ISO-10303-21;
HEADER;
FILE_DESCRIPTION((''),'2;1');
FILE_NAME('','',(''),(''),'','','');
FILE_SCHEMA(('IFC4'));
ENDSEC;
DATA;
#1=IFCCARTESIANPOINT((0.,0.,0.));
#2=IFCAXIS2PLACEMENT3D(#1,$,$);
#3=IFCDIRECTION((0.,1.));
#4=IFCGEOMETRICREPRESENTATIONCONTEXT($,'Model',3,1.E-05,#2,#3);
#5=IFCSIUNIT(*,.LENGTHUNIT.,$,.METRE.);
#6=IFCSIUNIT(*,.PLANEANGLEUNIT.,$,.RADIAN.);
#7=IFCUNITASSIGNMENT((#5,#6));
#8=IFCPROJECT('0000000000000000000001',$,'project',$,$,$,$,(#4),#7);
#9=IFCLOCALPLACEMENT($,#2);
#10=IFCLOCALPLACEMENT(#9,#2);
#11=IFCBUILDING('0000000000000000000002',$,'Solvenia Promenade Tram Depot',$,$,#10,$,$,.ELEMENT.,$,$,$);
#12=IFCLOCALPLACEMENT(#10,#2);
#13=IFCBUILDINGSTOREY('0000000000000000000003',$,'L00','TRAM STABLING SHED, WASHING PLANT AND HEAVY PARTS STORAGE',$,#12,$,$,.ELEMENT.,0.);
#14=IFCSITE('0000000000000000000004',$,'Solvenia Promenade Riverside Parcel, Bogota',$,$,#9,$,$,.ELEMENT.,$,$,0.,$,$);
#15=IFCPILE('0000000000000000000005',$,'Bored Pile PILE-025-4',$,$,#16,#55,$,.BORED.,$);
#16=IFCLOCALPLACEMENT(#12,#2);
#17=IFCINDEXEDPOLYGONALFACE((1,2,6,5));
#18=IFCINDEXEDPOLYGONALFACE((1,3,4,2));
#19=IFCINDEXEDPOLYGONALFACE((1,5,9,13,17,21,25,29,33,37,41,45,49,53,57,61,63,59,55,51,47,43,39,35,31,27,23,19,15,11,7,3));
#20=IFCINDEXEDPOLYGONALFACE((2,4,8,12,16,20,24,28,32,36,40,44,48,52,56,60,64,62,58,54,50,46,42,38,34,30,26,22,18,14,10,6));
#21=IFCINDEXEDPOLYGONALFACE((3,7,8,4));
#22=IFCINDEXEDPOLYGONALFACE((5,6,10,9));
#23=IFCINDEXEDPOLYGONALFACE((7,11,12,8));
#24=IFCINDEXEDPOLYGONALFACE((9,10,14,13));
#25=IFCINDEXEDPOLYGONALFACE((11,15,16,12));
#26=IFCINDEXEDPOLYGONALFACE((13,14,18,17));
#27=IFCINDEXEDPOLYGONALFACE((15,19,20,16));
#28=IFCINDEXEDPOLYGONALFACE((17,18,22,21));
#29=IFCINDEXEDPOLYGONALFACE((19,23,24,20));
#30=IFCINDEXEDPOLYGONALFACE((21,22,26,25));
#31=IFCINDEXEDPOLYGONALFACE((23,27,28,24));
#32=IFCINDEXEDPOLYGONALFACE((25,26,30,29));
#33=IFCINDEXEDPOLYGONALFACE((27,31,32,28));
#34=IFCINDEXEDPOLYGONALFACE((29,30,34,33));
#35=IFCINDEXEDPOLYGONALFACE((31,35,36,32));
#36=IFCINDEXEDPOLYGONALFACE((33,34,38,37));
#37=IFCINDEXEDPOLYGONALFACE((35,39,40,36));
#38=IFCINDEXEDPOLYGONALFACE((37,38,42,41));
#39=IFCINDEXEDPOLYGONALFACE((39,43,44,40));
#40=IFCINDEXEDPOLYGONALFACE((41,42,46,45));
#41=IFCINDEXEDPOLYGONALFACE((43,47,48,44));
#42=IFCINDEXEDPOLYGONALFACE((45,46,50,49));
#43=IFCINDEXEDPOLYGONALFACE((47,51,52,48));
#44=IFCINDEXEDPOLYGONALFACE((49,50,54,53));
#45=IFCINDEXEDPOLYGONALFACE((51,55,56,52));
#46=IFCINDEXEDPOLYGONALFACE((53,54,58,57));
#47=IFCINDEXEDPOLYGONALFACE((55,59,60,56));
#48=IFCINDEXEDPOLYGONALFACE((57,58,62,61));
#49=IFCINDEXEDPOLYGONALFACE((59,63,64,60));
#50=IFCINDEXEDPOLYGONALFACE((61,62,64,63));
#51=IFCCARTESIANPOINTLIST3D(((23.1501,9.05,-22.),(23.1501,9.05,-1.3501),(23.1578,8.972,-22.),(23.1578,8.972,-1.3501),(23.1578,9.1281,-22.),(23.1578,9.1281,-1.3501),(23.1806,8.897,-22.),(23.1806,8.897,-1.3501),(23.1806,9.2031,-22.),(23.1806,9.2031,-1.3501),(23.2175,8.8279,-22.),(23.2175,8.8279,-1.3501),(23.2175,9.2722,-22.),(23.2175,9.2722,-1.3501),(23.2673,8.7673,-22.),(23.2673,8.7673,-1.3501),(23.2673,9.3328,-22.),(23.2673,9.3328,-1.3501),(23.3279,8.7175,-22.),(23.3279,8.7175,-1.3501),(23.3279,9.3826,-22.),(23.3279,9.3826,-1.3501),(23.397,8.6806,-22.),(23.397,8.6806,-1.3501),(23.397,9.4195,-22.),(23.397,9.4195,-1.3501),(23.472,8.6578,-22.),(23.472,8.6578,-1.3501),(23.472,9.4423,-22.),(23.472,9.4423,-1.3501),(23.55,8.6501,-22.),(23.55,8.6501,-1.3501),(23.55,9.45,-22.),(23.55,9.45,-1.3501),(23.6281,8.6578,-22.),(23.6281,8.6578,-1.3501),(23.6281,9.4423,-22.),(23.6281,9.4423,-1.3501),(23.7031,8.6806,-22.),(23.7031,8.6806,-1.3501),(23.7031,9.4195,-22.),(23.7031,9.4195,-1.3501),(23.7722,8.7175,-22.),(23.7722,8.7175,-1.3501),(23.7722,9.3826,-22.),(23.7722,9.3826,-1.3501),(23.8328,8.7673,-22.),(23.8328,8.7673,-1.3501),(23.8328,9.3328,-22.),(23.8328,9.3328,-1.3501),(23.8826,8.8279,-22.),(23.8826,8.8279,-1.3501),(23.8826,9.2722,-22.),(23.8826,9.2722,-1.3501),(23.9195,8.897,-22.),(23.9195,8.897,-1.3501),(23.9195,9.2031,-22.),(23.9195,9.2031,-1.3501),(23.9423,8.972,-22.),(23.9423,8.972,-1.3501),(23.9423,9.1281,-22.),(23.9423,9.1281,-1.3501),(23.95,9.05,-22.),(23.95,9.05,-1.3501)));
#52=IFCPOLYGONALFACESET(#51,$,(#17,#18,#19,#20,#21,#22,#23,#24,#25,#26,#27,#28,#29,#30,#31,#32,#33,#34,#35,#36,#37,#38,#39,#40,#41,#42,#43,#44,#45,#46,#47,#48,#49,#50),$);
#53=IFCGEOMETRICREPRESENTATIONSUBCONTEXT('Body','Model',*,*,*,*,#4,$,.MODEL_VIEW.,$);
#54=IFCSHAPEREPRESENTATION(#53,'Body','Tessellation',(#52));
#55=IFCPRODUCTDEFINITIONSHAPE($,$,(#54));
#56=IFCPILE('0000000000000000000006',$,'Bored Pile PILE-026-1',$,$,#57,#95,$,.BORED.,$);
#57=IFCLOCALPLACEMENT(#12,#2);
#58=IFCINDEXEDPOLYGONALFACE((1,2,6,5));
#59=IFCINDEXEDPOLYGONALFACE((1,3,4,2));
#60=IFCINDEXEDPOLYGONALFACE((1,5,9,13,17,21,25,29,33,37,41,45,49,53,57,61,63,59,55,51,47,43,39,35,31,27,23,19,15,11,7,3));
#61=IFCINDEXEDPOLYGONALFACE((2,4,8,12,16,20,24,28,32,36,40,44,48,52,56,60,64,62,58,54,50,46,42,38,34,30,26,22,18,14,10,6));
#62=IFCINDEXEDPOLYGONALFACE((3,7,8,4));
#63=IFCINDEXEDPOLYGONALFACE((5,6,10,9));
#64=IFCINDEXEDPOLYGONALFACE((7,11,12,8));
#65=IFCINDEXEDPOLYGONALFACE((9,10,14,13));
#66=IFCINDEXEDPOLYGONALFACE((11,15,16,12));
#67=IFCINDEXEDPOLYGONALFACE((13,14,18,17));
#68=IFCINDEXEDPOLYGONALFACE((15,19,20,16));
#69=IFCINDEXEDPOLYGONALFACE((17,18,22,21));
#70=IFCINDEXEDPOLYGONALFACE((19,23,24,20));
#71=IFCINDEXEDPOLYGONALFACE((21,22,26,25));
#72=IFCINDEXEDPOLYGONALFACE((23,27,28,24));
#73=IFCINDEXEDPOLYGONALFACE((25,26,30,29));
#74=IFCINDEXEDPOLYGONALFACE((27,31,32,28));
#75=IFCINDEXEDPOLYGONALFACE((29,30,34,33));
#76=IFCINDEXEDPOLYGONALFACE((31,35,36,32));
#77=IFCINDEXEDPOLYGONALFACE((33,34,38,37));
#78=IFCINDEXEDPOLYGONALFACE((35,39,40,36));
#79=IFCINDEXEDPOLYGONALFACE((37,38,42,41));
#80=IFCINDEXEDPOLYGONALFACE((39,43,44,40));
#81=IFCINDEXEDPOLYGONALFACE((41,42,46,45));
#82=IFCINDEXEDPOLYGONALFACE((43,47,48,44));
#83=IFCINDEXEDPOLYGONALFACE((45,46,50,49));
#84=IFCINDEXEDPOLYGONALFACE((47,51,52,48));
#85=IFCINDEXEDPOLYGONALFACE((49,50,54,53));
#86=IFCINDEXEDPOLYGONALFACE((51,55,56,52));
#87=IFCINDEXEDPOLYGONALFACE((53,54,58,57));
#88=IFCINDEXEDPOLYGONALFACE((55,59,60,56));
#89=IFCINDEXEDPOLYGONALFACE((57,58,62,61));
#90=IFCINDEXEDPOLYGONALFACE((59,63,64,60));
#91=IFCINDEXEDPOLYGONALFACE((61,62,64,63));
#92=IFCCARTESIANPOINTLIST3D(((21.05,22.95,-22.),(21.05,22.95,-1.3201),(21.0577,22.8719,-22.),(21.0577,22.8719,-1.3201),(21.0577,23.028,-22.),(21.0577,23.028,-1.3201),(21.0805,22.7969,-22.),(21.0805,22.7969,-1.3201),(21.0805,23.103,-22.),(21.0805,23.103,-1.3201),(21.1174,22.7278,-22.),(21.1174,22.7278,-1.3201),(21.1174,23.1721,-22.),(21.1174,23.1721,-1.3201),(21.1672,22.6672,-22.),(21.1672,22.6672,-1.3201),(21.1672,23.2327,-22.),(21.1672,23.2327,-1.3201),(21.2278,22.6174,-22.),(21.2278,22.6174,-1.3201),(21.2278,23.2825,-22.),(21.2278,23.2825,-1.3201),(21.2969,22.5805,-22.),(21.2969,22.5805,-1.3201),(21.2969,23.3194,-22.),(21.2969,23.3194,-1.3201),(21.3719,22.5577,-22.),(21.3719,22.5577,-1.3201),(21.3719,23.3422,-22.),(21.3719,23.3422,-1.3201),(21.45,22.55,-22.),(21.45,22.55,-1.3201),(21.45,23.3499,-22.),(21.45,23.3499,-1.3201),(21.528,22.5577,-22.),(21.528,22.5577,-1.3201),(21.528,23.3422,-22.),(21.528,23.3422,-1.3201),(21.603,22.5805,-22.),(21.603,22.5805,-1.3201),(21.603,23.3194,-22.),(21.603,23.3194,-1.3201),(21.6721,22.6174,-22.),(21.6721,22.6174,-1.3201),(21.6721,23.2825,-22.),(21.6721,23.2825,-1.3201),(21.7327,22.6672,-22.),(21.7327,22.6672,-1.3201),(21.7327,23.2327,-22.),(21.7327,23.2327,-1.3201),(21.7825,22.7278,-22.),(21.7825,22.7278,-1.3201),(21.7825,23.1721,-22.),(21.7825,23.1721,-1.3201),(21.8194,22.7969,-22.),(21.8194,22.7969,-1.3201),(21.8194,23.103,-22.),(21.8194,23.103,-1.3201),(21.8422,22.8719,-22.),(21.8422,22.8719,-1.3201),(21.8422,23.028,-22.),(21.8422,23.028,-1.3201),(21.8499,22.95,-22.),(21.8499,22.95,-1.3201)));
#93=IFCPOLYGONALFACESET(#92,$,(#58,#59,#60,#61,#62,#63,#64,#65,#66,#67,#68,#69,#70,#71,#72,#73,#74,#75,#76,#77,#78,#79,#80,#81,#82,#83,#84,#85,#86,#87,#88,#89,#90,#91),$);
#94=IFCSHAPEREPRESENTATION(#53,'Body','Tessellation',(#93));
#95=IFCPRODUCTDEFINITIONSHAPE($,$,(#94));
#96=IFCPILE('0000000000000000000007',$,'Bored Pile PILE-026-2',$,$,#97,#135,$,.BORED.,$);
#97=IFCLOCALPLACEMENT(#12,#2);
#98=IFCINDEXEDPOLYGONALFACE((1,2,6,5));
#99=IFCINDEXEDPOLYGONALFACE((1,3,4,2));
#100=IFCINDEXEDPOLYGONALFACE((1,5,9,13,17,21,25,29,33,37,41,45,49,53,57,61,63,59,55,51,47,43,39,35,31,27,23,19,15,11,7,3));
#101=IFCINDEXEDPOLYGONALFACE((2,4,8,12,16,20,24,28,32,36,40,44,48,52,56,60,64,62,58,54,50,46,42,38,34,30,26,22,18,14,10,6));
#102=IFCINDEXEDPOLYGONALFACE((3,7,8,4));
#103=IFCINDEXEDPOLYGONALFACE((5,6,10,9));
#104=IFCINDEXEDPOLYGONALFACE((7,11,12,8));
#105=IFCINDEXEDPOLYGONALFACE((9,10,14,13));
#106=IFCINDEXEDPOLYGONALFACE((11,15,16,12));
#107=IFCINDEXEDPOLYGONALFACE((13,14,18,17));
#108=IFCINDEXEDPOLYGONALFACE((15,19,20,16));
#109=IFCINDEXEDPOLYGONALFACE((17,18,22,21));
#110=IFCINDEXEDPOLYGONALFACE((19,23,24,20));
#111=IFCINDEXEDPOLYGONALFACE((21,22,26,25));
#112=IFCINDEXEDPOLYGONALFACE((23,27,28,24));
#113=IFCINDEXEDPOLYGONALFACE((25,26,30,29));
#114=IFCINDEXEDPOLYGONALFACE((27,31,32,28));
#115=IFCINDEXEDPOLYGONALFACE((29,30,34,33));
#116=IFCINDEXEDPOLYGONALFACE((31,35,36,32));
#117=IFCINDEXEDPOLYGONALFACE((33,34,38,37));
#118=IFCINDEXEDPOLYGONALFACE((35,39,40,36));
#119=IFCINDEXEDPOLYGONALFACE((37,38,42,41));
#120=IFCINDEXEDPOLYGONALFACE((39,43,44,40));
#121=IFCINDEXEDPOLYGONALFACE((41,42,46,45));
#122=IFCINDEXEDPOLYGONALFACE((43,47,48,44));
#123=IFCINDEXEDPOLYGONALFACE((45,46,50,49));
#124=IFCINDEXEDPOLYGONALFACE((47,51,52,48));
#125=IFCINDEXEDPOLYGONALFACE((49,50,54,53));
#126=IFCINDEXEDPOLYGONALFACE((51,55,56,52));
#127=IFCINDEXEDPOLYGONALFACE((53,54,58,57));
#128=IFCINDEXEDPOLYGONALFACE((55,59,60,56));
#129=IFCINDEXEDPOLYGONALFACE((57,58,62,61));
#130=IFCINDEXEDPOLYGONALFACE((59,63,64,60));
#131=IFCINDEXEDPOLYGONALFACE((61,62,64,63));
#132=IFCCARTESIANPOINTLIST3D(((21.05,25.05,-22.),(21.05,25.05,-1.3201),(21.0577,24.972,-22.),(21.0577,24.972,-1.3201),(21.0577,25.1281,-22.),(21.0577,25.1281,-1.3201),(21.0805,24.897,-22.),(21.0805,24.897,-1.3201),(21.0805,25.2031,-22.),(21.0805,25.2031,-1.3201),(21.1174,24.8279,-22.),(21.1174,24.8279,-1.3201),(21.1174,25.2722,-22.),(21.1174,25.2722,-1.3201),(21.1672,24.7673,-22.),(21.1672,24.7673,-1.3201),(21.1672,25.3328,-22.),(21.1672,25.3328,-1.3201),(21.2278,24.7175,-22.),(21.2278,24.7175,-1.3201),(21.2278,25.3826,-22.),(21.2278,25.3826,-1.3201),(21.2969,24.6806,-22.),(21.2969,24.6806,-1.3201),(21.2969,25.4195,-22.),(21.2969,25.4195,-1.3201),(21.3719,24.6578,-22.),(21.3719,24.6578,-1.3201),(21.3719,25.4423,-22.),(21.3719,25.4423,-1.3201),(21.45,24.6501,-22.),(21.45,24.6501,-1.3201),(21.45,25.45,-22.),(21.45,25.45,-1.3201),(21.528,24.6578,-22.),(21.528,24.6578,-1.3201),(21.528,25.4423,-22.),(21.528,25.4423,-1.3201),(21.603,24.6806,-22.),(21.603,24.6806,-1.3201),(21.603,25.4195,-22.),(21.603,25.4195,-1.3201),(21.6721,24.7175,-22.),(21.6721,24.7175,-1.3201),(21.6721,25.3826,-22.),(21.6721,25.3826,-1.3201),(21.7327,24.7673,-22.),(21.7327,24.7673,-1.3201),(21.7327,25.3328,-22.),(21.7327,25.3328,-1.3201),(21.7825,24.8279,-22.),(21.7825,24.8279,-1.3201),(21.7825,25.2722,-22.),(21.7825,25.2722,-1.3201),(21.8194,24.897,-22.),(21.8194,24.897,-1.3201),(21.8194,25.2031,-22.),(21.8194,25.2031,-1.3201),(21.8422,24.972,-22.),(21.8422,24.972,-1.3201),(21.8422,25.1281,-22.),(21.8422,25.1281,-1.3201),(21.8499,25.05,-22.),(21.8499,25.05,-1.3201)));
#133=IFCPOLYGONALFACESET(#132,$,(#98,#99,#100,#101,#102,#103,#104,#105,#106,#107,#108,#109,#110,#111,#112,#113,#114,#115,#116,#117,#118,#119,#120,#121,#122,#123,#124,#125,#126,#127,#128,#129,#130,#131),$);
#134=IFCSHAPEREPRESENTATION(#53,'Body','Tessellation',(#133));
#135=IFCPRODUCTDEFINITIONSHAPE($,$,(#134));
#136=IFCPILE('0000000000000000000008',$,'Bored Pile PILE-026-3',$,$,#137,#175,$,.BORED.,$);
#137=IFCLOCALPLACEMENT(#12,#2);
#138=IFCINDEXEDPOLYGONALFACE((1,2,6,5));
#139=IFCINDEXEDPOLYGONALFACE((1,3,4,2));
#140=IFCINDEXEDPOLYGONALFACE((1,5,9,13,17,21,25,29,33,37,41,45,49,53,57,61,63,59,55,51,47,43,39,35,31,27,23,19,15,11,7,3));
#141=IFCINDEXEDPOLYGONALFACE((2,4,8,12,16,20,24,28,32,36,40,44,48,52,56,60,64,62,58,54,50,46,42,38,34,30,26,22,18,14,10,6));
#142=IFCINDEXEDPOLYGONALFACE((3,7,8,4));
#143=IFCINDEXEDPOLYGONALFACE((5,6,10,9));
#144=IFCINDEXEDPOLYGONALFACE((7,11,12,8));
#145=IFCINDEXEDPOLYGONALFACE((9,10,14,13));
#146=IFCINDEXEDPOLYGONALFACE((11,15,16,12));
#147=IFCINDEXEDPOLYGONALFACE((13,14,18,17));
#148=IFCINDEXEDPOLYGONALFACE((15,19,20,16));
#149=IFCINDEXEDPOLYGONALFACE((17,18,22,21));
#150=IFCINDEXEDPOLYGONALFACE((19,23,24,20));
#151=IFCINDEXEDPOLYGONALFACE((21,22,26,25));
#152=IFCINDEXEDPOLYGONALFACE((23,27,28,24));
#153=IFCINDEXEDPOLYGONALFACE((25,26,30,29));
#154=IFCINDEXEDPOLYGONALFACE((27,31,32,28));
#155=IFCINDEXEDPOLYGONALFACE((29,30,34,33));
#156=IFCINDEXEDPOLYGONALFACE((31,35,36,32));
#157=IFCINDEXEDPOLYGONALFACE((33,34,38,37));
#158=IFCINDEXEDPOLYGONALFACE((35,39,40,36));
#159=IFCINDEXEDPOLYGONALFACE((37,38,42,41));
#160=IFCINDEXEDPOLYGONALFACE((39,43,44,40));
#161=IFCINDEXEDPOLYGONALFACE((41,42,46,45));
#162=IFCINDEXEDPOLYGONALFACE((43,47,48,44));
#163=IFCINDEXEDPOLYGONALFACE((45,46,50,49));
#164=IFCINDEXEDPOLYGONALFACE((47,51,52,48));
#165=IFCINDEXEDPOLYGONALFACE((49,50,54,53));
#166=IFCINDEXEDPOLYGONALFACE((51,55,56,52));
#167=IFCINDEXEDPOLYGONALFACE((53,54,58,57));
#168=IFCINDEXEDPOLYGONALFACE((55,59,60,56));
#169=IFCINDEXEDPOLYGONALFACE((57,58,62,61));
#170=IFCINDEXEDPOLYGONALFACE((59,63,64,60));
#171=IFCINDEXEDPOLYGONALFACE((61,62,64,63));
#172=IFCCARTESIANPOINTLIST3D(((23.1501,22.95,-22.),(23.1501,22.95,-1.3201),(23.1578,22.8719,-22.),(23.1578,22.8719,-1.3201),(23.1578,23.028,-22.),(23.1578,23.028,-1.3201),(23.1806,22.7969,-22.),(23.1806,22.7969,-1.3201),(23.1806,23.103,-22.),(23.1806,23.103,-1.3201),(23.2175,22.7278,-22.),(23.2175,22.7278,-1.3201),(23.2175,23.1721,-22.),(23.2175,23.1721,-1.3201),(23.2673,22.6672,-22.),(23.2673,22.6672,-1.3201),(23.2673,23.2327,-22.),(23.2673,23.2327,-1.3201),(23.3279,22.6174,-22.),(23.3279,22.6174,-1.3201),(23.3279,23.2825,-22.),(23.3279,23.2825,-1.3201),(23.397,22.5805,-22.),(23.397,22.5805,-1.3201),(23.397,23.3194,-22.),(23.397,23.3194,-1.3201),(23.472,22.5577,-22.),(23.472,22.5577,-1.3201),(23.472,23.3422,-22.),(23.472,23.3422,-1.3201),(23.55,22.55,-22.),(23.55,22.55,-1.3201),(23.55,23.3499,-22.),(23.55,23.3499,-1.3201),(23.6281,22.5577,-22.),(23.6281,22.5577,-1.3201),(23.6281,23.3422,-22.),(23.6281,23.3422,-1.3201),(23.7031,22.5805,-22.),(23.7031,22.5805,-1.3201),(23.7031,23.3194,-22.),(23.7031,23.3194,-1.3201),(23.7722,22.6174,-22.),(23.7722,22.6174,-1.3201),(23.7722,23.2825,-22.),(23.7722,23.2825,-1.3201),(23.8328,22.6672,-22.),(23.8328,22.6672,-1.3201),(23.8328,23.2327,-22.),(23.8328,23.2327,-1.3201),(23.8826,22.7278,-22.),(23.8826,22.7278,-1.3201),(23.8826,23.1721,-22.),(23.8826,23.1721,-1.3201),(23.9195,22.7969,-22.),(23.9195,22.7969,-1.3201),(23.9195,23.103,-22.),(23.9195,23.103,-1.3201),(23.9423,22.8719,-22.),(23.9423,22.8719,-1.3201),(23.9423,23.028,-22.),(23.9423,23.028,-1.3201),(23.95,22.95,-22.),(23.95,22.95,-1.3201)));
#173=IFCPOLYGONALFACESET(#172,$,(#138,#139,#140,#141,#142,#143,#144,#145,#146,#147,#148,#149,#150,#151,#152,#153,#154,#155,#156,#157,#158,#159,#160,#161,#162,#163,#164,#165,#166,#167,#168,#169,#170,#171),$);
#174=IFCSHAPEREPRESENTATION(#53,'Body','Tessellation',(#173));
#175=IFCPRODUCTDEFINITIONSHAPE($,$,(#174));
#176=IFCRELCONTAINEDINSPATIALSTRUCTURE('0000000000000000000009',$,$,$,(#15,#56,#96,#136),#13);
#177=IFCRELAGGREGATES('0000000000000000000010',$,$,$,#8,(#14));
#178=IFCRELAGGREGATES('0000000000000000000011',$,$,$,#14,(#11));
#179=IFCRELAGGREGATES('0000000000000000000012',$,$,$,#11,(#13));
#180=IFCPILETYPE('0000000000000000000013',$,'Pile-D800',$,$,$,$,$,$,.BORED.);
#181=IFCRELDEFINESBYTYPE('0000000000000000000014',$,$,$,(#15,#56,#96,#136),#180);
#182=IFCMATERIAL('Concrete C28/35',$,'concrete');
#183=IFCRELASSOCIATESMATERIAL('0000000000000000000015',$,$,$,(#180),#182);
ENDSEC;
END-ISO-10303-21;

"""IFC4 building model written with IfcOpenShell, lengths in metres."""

from ifc_helpers import new_model, si_unit, direction, frame, origin, origin_2d, place, context, subcontext, project, spatial, circle, extrude, material, material_profile, profile_set, type_object, element, save


model = new_model("IFC4")

# Units and contexts
model_context = context("Model", 3, precision=1e-05, world=origin(), true_north=direction((0.0, 1.0)))
body_context = subcontext(model_context, "Body", "Model", "MODEL_VIEW")
ifc_project = project(units=[si_unit("LENGTHUNIT", "METRE"), si_unit("PLANEANGLEUNIT", "RADIAN")], contexts=[model_context])

# Site, building, storey
site_placement = place(None, origin())
site = spatial("IfcSite", under=ifc_project, at=site_placement, Name="Solvenia Promenade Riverside Parcel, Bogota", CompositionType="ELEMENT", RefElevation=0.0)
building_placement = place(site_placement, origin())
building = spatial("IfcBuilding", under=site, at=building_placement, Name="Solvenia Promenade Tram Depot", CompositionType="ELEMENT")
storey_placement = place(building_placement, origin())
storey = spatial("IfcBuildingStorey", under=building, at=storey_placement, Name="L00", Description="TRAM STABLING SHED, WASHING PLANT AND HEAVY PARTS STORAGE", CompositionType="ELEMENT", Elevation=0.0)

# Shared definitions
ifc_material_1 = material(Name="Concrete C28/35", Category="concrete")

# Piles
ifc_material_profile_1 = material_profile(ifc_material_1, circle(Radius=0.3999, at=origin_2d()), Name="D800", Category="concrete")
ifc_profile_set_1 = profile_set([ifc_material_profile_1], Name="Concrete C28/35")
pile_type_1 = type_object("IfcPileType", Name="Pile-D800", PredefinedType="BORED", material=ifc_profile_set_1)
for number, where, z_axis, x_axis, name in (
    (1, (23.55, 9.05, -1.3501), (0.0, 0.0, -1.0), (1.0, 0.0, 0.0), "Bored Pile PILE-025-4"),
):
    element("IfcPile", number, at=place(storey_placement, frame(where, z_axis=z_axis, x_axis=x_axis)), inside=storey, type_object=pile_type_1, Name=name, PredefinedType="BORED", context=body_context, shape_type="SweptSolid", body=[
        extrude(circle(Radius=0.3999, at=origin_2d()), origin(), (0.0, 0.0, 1.0), 20.6499),
    ])
for number, where, z_axis, x_axis, name in (
    (2, (21.45, 22.95, -1.3201), (0.0, 0.0, -1.0), (1.0, 0.0, 0.0), "Bored Pile PILE-026-1"),
    (3, (21.45, 25.05, -1.3201), (0.0, 0.0, -1.0), (1.0, 0.0, 0.0), "Bored Pile PILE-026-2"),
    (4, (23.55, 22.95, -1.3201), (0.0, 0.0, -1.0), (1.0, 0.0, 0.0), "Bored Pile PILE-026-3"),
):
    element("IfcPile", number, at=place(storey_placement, frame(where, z_axis=z_axis, x_axis=x_axis)), inside=storey, type_object=pile_type_1, Name=name, PredefinedType="BORED", context=body_context, shape_type="SweptSolid", body=[
        extrude(circle(Radius=0.3999, at=origin_2d()), origin(), (0.0, 0.0, 1.0), 20.6799),
    ])

save(model, "model.ifc")
